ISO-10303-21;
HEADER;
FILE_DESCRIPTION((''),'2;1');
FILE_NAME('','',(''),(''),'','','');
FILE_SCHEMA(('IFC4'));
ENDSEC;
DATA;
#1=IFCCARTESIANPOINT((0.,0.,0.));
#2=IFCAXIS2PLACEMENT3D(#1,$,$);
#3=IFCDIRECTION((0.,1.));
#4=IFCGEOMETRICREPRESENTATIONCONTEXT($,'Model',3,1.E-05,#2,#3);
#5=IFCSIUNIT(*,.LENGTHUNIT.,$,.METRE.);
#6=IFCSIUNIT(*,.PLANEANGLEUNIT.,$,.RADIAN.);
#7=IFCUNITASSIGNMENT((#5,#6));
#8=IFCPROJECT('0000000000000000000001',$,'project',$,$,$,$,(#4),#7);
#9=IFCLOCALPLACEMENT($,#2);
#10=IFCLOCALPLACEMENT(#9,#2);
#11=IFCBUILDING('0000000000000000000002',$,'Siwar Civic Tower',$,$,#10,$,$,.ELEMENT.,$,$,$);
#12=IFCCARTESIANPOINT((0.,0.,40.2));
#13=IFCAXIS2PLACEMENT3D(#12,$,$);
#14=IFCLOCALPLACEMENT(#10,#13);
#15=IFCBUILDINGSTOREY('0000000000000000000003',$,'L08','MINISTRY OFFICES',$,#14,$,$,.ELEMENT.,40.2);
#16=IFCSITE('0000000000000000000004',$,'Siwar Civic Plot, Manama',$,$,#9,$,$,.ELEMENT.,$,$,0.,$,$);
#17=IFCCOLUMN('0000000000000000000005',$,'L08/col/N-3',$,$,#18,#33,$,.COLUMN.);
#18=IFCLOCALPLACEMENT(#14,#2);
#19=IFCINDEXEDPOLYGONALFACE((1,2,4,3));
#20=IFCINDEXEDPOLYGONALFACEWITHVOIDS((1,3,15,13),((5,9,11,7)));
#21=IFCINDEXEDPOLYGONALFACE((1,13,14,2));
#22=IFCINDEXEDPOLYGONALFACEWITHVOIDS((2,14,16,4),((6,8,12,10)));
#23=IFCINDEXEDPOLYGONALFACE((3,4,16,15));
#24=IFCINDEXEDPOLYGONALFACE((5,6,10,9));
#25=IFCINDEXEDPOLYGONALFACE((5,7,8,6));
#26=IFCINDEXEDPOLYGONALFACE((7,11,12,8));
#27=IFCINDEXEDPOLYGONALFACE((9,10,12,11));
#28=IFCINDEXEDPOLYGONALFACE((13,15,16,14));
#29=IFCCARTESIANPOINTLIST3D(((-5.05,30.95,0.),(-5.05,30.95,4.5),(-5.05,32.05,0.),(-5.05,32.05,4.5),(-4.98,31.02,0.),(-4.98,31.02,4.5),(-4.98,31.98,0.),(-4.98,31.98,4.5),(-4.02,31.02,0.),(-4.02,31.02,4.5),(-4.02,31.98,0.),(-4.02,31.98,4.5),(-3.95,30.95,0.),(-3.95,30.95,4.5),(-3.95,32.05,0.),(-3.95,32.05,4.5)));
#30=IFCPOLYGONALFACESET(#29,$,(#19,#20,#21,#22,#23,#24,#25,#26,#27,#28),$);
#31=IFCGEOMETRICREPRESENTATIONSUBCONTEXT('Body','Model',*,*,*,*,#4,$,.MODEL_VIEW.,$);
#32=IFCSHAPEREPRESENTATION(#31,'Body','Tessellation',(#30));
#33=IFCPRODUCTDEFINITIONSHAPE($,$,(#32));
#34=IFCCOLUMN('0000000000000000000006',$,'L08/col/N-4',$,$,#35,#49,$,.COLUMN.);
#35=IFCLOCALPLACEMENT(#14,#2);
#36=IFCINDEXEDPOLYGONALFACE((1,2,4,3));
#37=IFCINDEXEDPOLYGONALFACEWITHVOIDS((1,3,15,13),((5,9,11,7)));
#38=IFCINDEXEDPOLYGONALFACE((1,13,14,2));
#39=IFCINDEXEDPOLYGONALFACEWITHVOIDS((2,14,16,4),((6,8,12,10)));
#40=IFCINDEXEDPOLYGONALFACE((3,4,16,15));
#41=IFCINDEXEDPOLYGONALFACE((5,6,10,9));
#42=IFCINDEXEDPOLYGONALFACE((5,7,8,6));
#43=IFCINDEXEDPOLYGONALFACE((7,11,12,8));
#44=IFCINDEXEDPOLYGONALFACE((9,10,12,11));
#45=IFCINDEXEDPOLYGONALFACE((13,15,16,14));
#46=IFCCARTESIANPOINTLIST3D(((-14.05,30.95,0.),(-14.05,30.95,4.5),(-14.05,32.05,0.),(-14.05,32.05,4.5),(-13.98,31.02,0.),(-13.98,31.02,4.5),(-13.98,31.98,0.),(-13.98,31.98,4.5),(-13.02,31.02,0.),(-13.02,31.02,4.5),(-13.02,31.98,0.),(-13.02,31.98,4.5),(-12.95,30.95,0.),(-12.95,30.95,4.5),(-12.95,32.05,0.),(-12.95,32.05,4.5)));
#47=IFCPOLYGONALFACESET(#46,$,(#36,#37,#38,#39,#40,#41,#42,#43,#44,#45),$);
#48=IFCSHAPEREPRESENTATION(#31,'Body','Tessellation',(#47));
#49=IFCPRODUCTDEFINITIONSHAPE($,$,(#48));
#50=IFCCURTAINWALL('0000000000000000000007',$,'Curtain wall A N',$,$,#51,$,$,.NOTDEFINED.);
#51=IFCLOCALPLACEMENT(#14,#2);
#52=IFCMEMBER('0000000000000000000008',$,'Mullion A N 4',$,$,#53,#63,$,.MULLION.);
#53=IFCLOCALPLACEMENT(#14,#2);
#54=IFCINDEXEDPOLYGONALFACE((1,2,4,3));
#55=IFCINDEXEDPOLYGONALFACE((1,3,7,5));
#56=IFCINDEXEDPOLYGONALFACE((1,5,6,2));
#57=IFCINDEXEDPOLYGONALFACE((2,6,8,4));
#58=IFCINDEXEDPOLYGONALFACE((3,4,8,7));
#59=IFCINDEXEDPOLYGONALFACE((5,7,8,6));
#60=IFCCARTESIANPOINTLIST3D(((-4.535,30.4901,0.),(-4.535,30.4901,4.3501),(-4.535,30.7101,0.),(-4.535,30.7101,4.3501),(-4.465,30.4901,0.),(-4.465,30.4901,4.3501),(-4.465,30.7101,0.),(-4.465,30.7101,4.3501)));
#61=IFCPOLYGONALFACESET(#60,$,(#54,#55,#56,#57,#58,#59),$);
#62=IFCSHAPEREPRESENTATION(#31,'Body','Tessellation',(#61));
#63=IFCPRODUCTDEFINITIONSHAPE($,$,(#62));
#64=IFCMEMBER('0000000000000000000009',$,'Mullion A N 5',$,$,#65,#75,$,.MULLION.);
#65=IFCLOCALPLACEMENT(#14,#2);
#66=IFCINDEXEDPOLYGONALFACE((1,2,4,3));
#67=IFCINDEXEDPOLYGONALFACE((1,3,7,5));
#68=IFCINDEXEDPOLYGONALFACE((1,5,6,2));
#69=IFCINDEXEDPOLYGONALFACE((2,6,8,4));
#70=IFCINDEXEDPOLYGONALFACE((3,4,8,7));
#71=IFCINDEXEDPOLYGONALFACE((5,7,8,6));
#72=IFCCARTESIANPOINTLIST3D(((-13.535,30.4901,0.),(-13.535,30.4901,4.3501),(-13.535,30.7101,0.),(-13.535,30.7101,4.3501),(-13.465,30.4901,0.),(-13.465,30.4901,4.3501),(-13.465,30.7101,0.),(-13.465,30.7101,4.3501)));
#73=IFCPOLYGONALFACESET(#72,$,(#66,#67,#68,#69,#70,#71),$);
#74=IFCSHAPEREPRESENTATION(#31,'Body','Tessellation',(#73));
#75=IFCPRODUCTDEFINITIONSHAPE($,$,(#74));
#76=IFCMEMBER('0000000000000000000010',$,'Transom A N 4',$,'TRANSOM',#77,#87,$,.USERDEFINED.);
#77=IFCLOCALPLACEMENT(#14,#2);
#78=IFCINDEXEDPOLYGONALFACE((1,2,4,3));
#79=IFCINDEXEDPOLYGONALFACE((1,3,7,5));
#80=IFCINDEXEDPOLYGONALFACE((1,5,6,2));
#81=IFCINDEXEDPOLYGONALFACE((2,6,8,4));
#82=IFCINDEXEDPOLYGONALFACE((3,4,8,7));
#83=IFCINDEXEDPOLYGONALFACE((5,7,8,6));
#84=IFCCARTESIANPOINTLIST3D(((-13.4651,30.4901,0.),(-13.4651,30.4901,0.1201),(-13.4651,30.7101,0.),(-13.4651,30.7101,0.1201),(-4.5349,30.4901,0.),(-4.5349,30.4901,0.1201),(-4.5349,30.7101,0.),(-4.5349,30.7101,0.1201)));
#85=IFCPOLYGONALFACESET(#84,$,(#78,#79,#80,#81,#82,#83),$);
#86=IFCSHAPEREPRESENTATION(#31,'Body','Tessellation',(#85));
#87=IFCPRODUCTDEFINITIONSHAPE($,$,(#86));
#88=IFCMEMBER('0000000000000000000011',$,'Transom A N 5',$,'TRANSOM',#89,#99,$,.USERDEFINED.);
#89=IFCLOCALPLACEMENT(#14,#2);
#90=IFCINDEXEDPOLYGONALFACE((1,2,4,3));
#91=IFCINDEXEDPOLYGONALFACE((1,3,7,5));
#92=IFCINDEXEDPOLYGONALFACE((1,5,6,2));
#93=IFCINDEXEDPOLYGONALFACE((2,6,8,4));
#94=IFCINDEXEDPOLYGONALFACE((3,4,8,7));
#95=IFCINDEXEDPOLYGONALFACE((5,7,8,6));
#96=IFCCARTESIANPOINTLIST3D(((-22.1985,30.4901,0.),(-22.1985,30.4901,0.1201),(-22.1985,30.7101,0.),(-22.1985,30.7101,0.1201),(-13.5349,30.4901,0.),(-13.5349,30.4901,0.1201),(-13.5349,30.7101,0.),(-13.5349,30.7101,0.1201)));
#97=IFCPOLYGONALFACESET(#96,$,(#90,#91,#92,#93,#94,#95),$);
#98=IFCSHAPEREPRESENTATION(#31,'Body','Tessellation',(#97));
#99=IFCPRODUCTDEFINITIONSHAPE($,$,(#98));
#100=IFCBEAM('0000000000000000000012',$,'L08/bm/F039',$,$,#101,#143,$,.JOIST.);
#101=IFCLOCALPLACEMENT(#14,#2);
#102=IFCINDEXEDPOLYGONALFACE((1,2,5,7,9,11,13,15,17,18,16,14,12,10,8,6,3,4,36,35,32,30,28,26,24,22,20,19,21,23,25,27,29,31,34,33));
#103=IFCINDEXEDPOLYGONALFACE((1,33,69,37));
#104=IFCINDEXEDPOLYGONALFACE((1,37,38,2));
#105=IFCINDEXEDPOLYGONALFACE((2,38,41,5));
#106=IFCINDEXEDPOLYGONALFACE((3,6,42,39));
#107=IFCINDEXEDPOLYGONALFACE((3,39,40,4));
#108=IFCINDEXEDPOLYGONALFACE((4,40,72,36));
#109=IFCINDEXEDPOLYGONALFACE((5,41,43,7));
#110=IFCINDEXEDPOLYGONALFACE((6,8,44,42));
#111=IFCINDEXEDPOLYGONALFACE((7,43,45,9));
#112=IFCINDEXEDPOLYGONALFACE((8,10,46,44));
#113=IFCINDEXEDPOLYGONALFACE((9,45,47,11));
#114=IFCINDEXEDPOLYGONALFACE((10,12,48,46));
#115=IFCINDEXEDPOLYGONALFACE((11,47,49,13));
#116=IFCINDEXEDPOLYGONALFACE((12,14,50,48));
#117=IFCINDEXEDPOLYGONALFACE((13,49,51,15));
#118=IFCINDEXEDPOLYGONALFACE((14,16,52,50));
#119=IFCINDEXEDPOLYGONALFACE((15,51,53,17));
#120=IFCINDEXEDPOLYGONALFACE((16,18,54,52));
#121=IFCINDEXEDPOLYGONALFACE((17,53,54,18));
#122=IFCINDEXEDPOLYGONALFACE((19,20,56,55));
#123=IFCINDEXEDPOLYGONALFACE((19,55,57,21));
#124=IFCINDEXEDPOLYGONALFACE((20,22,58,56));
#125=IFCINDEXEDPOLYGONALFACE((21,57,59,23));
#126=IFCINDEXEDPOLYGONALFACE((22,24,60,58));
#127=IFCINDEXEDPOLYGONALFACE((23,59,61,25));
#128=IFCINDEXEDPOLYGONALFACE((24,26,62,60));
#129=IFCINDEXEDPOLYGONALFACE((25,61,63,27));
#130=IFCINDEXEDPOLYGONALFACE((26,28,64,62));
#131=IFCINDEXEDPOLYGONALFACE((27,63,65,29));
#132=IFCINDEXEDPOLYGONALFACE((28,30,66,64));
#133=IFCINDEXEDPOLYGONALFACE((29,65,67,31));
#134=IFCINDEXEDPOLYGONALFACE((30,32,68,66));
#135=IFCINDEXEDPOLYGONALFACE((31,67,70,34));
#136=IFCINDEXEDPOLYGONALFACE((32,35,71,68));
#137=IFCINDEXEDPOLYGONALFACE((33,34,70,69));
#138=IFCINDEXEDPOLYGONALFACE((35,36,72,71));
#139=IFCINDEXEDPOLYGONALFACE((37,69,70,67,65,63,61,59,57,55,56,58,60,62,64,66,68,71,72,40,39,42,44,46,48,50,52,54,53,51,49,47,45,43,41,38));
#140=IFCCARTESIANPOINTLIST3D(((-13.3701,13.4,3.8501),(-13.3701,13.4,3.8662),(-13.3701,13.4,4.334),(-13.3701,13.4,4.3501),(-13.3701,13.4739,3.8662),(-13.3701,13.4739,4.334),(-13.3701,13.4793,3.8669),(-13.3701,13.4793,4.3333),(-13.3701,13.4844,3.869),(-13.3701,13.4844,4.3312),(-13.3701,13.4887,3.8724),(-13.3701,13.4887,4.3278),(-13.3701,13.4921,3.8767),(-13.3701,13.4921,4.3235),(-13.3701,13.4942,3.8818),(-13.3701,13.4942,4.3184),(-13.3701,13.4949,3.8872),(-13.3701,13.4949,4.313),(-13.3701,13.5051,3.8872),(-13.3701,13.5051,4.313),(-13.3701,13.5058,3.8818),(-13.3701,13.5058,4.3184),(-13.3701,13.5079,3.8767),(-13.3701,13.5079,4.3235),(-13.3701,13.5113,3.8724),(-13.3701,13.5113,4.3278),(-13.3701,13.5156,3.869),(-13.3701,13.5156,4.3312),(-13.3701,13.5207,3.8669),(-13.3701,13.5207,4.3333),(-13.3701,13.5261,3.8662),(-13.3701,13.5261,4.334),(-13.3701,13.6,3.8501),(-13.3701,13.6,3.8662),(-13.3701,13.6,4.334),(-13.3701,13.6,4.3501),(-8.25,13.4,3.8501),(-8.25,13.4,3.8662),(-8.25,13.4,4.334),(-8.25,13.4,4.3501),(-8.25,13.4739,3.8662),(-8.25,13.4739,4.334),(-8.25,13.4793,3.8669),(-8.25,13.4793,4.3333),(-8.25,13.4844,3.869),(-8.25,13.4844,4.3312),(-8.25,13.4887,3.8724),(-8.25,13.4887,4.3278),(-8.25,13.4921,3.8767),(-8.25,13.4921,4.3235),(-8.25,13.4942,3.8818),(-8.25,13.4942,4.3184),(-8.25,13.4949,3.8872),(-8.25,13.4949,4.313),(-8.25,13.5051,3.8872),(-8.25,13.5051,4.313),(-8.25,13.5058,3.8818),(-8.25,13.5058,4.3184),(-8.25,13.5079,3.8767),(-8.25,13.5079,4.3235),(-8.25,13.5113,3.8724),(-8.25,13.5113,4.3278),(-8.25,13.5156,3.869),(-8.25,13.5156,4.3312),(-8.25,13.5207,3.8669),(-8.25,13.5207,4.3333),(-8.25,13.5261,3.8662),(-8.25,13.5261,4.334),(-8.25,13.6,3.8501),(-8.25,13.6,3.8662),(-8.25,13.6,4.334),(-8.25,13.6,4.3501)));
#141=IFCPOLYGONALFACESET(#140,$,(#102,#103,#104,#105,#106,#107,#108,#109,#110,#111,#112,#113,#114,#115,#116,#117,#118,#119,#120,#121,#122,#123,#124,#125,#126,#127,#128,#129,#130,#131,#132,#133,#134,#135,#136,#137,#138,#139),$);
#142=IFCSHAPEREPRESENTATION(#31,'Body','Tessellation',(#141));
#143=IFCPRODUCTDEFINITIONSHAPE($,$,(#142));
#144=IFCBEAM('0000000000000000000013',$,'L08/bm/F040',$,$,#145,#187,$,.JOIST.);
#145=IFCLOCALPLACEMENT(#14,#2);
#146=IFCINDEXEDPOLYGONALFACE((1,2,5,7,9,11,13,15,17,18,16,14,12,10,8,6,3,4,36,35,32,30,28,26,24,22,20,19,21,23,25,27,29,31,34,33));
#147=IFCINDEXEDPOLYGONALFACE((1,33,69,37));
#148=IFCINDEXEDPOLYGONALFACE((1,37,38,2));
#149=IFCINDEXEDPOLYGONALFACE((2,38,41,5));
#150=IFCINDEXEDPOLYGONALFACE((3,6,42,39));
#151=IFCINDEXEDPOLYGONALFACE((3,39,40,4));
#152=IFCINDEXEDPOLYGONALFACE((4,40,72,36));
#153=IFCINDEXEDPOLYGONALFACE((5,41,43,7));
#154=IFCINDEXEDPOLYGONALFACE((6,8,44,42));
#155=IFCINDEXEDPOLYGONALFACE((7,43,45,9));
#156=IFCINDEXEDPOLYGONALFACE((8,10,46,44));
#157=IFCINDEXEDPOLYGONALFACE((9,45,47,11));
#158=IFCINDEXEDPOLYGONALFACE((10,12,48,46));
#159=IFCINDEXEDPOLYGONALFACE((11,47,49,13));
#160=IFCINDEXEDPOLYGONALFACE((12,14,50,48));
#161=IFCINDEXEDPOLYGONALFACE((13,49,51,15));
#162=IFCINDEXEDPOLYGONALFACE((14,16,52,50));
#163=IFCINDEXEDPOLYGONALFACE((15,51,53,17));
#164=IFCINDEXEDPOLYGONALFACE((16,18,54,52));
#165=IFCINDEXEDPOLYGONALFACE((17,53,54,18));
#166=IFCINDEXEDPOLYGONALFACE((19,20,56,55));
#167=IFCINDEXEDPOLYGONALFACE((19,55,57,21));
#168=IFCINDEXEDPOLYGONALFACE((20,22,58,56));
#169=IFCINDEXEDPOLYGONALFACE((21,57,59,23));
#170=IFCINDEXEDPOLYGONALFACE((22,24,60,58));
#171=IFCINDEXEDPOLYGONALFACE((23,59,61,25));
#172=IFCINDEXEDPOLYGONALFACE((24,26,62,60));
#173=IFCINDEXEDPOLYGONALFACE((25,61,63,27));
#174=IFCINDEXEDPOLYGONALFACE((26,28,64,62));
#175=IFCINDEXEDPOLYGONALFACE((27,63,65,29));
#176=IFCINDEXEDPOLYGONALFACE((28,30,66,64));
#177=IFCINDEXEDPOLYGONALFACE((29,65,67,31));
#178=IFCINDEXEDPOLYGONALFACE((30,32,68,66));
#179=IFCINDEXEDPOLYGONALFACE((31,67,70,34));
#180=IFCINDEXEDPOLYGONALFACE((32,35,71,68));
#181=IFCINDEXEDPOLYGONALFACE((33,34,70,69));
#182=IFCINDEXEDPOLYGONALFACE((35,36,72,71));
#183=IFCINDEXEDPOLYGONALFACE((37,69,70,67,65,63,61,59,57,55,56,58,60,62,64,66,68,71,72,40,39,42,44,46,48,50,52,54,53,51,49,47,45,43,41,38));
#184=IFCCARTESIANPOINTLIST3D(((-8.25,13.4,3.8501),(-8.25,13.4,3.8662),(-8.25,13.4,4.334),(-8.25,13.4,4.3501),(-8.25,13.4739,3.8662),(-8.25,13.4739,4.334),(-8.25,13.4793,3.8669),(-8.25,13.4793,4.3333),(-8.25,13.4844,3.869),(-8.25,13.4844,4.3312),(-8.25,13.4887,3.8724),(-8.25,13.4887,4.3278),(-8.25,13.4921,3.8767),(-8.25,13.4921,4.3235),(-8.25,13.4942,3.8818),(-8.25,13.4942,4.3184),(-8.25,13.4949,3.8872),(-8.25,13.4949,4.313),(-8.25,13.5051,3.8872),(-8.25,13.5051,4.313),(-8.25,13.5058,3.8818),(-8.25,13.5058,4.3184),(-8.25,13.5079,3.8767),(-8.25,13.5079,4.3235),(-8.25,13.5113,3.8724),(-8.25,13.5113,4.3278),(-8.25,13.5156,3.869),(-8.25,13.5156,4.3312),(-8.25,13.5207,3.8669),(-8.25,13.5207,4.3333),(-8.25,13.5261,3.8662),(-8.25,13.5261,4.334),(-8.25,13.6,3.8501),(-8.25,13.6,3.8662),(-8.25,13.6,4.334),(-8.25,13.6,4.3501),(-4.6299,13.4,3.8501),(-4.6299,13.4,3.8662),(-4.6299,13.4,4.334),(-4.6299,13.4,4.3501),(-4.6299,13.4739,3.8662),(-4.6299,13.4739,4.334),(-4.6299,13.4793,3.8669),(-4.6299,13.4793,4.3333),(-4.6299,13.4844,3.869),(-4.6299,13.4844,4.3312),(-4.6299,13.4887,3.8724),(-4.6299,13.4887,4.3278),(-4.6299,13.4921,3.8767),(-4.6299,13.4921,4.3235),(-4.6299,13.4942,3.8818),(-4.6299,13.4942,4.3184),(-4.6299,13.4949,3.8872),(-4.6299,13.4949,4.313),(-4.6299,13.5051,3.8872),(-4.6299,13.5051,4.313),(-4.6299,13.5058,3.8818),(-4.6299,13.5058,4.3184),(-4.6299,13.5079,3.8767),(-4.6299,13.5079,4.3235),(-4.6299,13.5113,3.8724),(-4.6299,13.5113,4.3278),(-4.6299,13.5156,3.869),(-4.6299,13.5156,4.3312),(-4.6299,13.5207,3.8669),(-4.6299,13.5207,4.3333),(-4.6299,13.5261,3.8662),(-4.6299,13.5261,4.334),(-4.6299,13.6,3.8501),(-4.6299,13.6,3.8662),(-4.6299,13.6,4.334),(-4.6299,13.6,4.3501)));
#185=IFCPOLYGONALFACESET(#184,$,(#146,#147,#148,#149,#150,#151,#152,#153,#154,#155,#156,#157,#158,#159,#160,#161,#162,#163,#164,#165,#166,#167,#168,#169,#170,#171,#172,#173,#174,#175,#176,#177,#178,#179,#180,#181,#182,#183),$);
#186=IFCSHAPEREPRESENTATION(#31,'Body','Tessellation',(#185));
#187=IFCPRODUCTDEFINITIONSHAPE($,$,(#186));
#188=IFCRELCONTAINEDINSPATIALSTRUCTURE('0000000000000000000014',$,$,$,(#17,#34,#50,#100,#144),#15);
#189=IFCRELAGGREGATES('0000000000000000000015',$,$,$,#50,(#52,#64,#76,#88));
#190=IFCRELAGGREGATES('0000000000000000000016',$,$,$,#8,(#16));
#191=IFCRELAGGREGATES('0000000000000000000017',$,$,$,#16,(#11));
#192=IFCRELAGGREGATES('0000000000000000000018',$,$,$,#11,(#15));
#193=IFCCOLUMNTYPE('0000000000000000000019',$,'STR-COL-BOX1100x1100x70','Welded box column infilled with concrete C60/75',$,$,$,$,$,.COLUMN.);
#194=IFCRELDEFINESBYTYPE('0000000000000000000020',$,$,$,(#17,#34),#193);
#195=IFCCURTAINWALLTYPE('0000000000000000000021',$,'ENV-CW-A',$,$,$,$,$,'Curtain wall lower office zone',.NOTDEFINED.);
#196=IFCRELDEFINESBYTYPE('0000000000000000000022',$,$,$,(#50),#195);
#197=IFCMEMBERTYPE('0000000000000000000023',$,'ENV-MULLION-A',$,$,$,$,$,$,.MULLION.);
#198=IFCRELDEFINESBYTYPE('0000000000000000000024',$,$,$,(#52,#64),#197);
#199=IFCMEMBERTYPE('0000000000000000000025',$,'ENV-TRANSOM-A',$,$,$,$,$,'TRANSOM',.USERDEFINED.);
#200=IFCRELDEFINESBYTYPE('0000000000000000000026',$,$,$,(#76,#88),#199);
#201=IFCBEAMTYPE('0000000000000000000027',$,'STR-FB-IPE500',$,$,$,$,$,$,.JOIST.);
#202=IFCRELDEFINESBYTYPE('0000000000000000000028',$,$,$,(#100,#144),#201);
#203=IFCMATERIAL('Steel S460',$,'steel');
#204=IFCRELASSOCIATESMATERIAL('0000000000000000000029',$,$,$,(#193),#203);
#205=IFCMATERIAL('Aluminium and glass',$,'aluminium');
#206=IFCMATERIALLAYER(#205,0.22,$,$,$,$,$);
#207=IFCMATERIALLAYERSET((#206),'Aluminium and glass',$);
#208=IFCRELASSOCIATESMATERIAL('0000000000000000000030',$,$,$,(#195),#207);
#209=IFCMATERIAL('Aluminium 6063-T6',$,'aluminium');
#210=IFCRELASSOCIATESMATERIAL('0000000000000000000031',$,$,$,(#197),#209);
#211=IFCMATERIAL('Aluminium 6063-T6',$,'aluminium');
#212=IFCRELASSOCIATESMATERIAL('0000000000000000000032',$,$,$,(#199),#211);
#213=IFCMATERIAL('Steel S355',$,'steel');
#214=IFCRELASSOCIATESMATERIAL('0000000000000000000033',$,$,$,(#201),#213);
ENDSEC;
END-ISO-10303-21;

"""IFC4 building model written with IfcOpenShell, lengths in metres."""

from ifc_helpers import new_model, si_unit, direction, frame, origin, origin_2d, place, context, subcontext, project, spatial, rectangle, hollow_rectangle, i_section, extrude, material, layer, layer_set, material_profile, profile_set, type_object, element, aggregate, save


model = new_model("IFC4")

# Units and contexts
model_context = context("Model", 3, precision=1e-05, world=origin(), true_north=direction((0.0, 1.0)))
body_context = subcontext(model_context, "Body", "Model", "MODEL_VIEW")
ifc_project = project(units=[si_unit("LENGTHUNIT", "METRE"), si_unit("PLANEANGLEUNIT", "RADIAN")], contexts=[model_context])

# Site, building, storey
site_placement = place(None, origin())
site = spatial("IfcSite", under=ifc_project, at=site_placement, Name="Siwar Civic Plot, Manama", CompositionType="ELEMENT", RefElevation=0.0)
building_placement = place(site_placement, origin())
building = spatial("IfcBuilding", under=site, at=building_placement, Name="Siwar Civic Tower", CompositionType="ELEMENT")
storey_placement = place(building_placement, frame((0.0, 0.0, 40.2)))
storey = spatial("IfcBuildingStorey", under=building, at=storey_placement, Name="L08", Description="MINISTRY OFFICES", CompositionType="ELEMENT", Elevation=40.2)

# Columns
ifc_material_1 = material(Name="Steel S460", Category="steel")
ifc_material_profile_1 = material_profile(ifc_material_1, hollow_rectangle(XDim=1.1001, YDim=1.1001, WallThickness=0.0701, at=origin_2d()), Name="BOX1100x1100x70")
ifc_profile_set_1 = profile_set([ifc_material_profile_1], Name="Steel S460")
column_type = type_object("IfcColumnType", Name="STR-COL-BOX1100x1100x70", Description="Welded box column infilled with concrete C60/75", PredefinedType="COLUMN", material=ifc_profile_set_1)
for number, where, z_axis, x_axis, name in (
    (1, (-4.5, 31.5, 0.0), (0.0, 0.0, 1.0), (1.0, 0.0, 0.0), "L08/col/N-3"),
    (2, (-13.5, 31.5, 0.0), (0.0, 0.0, 1.0), (1.0, 0.0, 0.0), "L08/col/N-4"),
):
    element("IfcColumn", number, at=place(storey_placement, frame(where, z_axis=z_axis, x_axis=x_axis)), inside=storey, type_object=column_type, Name=name, PredefinedType="COLUMN", context=body_context, shape_type="SweptSolid", body=[
        extrude(hollow_rectangle(XDim=1.1001, YDim=1.1001, WallThickness=0.0701, at=origin_2d()), origin(), (0.0, 0.0, 1.0), 4.5),
    ])

# Curtain wall, members
ifc_material_2 = material(Name="Aluminium and glass", Category="aluminium")
ifc_layer_1 = layer(ifc_material_2, 0.22)
ifc_layer_set_1 = layer_set([ifc_layer_1], Name="Aluminium and glass")
curtain_wall_type = type_object("IfcCurtainWallType", Name="ENV-CW-A", ElementType="Curtain wall lower office zone", PredefinedType="NOTDEFINED", material=ifc_layer_set_1)
curtain_wall_placement = place(storey_placement, origin())
curtain_wall = element("IfcCurtainWall", 3, at=curtain_wall_placement, inside=storey, type_object=curtain_wall_type, Name="Curtain wall A N", PredefinedType="NOTDEFINED")
ifc_material_3 = material(Name="Aluminium 6063-T6", Category="aluminium")
ifc_material_profile_2 = material_profile(ifc_material_3, rectangle(XDim=0.22, YDim=0.0701, at=origin_2d()), Name="AL 220x70")
ifc_profile_set_2 = profile_set([ifc_material_profile_2], Name="Aluminium 6063-T6")
member_type_1 = type_object("IfcMemberType", Name="ENV-MULLION-A", PredefinedType="MULLION", material=ifc_profile_set_2)
member_1_placement = place(storey_placement, frame((-4.5, 30.6001, 0.0), z_axis=(0.0, 0.0, 1.0), x_axis=(0.0, -1.0, 0.0)))
member_1 = element("IfcMember", 4, at=member_1_placement, type_object=member_type_1, Name="Mullion A N 4", PredefinedType="MULLION", context=body_context, shape_type="SweptSolid", body=[
    extrude(rectangle(XDim=0.22, YDim=0.0701, at=origin_2d()), origin(), (0.0, 0.0, 1.0), 4.3501),
])
member_2_placement = place(storey_placement, frame((-13.5, 30.6001, 0.0), z_axis=(0.0, 0.0, 1.0), x_axis=(0.0, -1.0, 0.0)))
member_2 = element("IfcMember", 5, at=member_2_placement, type_object=member_type_1, Name="Mullion A N 5", PredefinedType="MULLION", context=body_context, shape_type="SweptSolid", body=[
    extrude(rectangle(XDim=0.22, YDim=0.0701, at=origin_2d()), origin(), (0.0, 0.0, 1.0), 4.3501),
])
ifc_material_4 = material(Name="Aluminium 6063-T6", Category="aluminium")
ifc_material_profile_3 = material_profile(ifc_material_4, rectangle(XDim=0.22, YDim=0.1201, at=origin_2d()), Name="AL 220x120")
ifc_profile_set_3 = profile_set([ifc_material_profile_3], Name="Aluminium 6063-T6")
member_type_2 = type_object("IfcMemberType", Name="ENV-TRANSOM-A", ElementType="TRANSOM", PredefinedType="USERDEFINED", material=ifc_profile_set_3)
member_3_placement = place(storey_placement, frame((-4.5349, 30.6001, 0.0601), z_axis=(-1.0, 0.0, 0.0), x_axis=(0.0, -1.0, 0.0)))
member_3 = element("IfcMember", 6, at=member_3_placement, type_object=member_type_2, Name="Transom A N 4", ObjectType="TRANSOM", PredefinedType="USERDEFINED", context=body_context, shape_type="SweptSolid", body=[
    extrude(rectangle(XDim=0.22, YDim=0.1201, at=origin_2d()), origin(), (0.0, 0.0, 1.0), 8.9302),
])
member_4_placement = place(storey_placement, frame((-13.5349, 30.6001, 0.0601), z_axis=(-1.0, 0.0, 0.0), x_axis=(0.0, -1.0, 0.0)))
member_4 = element("IfcMember", 7, at=member_4_placement, type_object=member_type_2, Name="Transom A N 5", ObjectType="TRANSOM", PredefinedType="USERDEFINED", context=body_context, shape_type="SweptSolid", body=[
    extrude(rectangle(XDim=0.22, YDim=0.1201, at=origin_2d()), origin(), (0.0, 0.0, 1.0), 8.6636),
])

# Beams
ifc_material_5 = material(Name="Steel S355", Category="steel")
ifc_material_profile_4 = material_profile(ifc_material_5, i_section(OverallWidth=0.2, OverallDepth=0.5, WebThickness=0.0103, FlangeThickness=0.0161, FilletRadius=0.021, at=origin_2d()), Name="IPE500")
ifc_profile_set_4 = profile_set([ifc_material_profile_4], Name="Steel S355")
beam_type_1 = type_object("IfcBeamType", Name="STR-FB-IPE500", PredefinedType="JOIST", material=ifc_profile_set_4)
beam_1_placement = place(storey_placement, frame((-13.3701, 13.5, 4.1001), z_axis=(1.0, 0.0, 0.0), x_axis=(0.0, 1.0, 0.0)))
element("IfcBeam", 8, at=beam_1_placement, inside=storey, type_object=beam_type_1, Name="L08/bm/F039", PredefinedType="JOIST", context=body_context, shape_type="SweptSolid", body=[
    extrude(i_section(OverallWidth=0.2, OverallDepth=0.5, WebThickness=0.0103, FlangeThickness=0.0161, FilletRadius=0.021, at=origin_2d()), origin(), (0.0, 0.0, 1.0), 5.1201),
])
beam_2_placement = place(storey_placement, frame((-8.25, 13.5, 4.1001), z_axis=(1.0, 0.0, 0.0), x_axis=(0.0, 1.0, 0.0)))
element("IfcBeam", 9, at=beam_2_placement, inside=storey, type_object=beam_type_1, Name="L08/bm/F040", PredefinedType="JOIST", context=body_context, shape_type="SweptSolid", body=[
    extrude(i_section(OverallWidth=0.2, OverallDepth=0.5, WebThickness=0.0103, FlangeThickness=0.0161, FilletRadius=0.021, at=origin_2d()), origin(), (0.0, 0.0, 1.0), 3.6201),
])

aggregate(curtain_wall, [member_1, member_2, member_3, member_4])

save(model, "model.ifc")
